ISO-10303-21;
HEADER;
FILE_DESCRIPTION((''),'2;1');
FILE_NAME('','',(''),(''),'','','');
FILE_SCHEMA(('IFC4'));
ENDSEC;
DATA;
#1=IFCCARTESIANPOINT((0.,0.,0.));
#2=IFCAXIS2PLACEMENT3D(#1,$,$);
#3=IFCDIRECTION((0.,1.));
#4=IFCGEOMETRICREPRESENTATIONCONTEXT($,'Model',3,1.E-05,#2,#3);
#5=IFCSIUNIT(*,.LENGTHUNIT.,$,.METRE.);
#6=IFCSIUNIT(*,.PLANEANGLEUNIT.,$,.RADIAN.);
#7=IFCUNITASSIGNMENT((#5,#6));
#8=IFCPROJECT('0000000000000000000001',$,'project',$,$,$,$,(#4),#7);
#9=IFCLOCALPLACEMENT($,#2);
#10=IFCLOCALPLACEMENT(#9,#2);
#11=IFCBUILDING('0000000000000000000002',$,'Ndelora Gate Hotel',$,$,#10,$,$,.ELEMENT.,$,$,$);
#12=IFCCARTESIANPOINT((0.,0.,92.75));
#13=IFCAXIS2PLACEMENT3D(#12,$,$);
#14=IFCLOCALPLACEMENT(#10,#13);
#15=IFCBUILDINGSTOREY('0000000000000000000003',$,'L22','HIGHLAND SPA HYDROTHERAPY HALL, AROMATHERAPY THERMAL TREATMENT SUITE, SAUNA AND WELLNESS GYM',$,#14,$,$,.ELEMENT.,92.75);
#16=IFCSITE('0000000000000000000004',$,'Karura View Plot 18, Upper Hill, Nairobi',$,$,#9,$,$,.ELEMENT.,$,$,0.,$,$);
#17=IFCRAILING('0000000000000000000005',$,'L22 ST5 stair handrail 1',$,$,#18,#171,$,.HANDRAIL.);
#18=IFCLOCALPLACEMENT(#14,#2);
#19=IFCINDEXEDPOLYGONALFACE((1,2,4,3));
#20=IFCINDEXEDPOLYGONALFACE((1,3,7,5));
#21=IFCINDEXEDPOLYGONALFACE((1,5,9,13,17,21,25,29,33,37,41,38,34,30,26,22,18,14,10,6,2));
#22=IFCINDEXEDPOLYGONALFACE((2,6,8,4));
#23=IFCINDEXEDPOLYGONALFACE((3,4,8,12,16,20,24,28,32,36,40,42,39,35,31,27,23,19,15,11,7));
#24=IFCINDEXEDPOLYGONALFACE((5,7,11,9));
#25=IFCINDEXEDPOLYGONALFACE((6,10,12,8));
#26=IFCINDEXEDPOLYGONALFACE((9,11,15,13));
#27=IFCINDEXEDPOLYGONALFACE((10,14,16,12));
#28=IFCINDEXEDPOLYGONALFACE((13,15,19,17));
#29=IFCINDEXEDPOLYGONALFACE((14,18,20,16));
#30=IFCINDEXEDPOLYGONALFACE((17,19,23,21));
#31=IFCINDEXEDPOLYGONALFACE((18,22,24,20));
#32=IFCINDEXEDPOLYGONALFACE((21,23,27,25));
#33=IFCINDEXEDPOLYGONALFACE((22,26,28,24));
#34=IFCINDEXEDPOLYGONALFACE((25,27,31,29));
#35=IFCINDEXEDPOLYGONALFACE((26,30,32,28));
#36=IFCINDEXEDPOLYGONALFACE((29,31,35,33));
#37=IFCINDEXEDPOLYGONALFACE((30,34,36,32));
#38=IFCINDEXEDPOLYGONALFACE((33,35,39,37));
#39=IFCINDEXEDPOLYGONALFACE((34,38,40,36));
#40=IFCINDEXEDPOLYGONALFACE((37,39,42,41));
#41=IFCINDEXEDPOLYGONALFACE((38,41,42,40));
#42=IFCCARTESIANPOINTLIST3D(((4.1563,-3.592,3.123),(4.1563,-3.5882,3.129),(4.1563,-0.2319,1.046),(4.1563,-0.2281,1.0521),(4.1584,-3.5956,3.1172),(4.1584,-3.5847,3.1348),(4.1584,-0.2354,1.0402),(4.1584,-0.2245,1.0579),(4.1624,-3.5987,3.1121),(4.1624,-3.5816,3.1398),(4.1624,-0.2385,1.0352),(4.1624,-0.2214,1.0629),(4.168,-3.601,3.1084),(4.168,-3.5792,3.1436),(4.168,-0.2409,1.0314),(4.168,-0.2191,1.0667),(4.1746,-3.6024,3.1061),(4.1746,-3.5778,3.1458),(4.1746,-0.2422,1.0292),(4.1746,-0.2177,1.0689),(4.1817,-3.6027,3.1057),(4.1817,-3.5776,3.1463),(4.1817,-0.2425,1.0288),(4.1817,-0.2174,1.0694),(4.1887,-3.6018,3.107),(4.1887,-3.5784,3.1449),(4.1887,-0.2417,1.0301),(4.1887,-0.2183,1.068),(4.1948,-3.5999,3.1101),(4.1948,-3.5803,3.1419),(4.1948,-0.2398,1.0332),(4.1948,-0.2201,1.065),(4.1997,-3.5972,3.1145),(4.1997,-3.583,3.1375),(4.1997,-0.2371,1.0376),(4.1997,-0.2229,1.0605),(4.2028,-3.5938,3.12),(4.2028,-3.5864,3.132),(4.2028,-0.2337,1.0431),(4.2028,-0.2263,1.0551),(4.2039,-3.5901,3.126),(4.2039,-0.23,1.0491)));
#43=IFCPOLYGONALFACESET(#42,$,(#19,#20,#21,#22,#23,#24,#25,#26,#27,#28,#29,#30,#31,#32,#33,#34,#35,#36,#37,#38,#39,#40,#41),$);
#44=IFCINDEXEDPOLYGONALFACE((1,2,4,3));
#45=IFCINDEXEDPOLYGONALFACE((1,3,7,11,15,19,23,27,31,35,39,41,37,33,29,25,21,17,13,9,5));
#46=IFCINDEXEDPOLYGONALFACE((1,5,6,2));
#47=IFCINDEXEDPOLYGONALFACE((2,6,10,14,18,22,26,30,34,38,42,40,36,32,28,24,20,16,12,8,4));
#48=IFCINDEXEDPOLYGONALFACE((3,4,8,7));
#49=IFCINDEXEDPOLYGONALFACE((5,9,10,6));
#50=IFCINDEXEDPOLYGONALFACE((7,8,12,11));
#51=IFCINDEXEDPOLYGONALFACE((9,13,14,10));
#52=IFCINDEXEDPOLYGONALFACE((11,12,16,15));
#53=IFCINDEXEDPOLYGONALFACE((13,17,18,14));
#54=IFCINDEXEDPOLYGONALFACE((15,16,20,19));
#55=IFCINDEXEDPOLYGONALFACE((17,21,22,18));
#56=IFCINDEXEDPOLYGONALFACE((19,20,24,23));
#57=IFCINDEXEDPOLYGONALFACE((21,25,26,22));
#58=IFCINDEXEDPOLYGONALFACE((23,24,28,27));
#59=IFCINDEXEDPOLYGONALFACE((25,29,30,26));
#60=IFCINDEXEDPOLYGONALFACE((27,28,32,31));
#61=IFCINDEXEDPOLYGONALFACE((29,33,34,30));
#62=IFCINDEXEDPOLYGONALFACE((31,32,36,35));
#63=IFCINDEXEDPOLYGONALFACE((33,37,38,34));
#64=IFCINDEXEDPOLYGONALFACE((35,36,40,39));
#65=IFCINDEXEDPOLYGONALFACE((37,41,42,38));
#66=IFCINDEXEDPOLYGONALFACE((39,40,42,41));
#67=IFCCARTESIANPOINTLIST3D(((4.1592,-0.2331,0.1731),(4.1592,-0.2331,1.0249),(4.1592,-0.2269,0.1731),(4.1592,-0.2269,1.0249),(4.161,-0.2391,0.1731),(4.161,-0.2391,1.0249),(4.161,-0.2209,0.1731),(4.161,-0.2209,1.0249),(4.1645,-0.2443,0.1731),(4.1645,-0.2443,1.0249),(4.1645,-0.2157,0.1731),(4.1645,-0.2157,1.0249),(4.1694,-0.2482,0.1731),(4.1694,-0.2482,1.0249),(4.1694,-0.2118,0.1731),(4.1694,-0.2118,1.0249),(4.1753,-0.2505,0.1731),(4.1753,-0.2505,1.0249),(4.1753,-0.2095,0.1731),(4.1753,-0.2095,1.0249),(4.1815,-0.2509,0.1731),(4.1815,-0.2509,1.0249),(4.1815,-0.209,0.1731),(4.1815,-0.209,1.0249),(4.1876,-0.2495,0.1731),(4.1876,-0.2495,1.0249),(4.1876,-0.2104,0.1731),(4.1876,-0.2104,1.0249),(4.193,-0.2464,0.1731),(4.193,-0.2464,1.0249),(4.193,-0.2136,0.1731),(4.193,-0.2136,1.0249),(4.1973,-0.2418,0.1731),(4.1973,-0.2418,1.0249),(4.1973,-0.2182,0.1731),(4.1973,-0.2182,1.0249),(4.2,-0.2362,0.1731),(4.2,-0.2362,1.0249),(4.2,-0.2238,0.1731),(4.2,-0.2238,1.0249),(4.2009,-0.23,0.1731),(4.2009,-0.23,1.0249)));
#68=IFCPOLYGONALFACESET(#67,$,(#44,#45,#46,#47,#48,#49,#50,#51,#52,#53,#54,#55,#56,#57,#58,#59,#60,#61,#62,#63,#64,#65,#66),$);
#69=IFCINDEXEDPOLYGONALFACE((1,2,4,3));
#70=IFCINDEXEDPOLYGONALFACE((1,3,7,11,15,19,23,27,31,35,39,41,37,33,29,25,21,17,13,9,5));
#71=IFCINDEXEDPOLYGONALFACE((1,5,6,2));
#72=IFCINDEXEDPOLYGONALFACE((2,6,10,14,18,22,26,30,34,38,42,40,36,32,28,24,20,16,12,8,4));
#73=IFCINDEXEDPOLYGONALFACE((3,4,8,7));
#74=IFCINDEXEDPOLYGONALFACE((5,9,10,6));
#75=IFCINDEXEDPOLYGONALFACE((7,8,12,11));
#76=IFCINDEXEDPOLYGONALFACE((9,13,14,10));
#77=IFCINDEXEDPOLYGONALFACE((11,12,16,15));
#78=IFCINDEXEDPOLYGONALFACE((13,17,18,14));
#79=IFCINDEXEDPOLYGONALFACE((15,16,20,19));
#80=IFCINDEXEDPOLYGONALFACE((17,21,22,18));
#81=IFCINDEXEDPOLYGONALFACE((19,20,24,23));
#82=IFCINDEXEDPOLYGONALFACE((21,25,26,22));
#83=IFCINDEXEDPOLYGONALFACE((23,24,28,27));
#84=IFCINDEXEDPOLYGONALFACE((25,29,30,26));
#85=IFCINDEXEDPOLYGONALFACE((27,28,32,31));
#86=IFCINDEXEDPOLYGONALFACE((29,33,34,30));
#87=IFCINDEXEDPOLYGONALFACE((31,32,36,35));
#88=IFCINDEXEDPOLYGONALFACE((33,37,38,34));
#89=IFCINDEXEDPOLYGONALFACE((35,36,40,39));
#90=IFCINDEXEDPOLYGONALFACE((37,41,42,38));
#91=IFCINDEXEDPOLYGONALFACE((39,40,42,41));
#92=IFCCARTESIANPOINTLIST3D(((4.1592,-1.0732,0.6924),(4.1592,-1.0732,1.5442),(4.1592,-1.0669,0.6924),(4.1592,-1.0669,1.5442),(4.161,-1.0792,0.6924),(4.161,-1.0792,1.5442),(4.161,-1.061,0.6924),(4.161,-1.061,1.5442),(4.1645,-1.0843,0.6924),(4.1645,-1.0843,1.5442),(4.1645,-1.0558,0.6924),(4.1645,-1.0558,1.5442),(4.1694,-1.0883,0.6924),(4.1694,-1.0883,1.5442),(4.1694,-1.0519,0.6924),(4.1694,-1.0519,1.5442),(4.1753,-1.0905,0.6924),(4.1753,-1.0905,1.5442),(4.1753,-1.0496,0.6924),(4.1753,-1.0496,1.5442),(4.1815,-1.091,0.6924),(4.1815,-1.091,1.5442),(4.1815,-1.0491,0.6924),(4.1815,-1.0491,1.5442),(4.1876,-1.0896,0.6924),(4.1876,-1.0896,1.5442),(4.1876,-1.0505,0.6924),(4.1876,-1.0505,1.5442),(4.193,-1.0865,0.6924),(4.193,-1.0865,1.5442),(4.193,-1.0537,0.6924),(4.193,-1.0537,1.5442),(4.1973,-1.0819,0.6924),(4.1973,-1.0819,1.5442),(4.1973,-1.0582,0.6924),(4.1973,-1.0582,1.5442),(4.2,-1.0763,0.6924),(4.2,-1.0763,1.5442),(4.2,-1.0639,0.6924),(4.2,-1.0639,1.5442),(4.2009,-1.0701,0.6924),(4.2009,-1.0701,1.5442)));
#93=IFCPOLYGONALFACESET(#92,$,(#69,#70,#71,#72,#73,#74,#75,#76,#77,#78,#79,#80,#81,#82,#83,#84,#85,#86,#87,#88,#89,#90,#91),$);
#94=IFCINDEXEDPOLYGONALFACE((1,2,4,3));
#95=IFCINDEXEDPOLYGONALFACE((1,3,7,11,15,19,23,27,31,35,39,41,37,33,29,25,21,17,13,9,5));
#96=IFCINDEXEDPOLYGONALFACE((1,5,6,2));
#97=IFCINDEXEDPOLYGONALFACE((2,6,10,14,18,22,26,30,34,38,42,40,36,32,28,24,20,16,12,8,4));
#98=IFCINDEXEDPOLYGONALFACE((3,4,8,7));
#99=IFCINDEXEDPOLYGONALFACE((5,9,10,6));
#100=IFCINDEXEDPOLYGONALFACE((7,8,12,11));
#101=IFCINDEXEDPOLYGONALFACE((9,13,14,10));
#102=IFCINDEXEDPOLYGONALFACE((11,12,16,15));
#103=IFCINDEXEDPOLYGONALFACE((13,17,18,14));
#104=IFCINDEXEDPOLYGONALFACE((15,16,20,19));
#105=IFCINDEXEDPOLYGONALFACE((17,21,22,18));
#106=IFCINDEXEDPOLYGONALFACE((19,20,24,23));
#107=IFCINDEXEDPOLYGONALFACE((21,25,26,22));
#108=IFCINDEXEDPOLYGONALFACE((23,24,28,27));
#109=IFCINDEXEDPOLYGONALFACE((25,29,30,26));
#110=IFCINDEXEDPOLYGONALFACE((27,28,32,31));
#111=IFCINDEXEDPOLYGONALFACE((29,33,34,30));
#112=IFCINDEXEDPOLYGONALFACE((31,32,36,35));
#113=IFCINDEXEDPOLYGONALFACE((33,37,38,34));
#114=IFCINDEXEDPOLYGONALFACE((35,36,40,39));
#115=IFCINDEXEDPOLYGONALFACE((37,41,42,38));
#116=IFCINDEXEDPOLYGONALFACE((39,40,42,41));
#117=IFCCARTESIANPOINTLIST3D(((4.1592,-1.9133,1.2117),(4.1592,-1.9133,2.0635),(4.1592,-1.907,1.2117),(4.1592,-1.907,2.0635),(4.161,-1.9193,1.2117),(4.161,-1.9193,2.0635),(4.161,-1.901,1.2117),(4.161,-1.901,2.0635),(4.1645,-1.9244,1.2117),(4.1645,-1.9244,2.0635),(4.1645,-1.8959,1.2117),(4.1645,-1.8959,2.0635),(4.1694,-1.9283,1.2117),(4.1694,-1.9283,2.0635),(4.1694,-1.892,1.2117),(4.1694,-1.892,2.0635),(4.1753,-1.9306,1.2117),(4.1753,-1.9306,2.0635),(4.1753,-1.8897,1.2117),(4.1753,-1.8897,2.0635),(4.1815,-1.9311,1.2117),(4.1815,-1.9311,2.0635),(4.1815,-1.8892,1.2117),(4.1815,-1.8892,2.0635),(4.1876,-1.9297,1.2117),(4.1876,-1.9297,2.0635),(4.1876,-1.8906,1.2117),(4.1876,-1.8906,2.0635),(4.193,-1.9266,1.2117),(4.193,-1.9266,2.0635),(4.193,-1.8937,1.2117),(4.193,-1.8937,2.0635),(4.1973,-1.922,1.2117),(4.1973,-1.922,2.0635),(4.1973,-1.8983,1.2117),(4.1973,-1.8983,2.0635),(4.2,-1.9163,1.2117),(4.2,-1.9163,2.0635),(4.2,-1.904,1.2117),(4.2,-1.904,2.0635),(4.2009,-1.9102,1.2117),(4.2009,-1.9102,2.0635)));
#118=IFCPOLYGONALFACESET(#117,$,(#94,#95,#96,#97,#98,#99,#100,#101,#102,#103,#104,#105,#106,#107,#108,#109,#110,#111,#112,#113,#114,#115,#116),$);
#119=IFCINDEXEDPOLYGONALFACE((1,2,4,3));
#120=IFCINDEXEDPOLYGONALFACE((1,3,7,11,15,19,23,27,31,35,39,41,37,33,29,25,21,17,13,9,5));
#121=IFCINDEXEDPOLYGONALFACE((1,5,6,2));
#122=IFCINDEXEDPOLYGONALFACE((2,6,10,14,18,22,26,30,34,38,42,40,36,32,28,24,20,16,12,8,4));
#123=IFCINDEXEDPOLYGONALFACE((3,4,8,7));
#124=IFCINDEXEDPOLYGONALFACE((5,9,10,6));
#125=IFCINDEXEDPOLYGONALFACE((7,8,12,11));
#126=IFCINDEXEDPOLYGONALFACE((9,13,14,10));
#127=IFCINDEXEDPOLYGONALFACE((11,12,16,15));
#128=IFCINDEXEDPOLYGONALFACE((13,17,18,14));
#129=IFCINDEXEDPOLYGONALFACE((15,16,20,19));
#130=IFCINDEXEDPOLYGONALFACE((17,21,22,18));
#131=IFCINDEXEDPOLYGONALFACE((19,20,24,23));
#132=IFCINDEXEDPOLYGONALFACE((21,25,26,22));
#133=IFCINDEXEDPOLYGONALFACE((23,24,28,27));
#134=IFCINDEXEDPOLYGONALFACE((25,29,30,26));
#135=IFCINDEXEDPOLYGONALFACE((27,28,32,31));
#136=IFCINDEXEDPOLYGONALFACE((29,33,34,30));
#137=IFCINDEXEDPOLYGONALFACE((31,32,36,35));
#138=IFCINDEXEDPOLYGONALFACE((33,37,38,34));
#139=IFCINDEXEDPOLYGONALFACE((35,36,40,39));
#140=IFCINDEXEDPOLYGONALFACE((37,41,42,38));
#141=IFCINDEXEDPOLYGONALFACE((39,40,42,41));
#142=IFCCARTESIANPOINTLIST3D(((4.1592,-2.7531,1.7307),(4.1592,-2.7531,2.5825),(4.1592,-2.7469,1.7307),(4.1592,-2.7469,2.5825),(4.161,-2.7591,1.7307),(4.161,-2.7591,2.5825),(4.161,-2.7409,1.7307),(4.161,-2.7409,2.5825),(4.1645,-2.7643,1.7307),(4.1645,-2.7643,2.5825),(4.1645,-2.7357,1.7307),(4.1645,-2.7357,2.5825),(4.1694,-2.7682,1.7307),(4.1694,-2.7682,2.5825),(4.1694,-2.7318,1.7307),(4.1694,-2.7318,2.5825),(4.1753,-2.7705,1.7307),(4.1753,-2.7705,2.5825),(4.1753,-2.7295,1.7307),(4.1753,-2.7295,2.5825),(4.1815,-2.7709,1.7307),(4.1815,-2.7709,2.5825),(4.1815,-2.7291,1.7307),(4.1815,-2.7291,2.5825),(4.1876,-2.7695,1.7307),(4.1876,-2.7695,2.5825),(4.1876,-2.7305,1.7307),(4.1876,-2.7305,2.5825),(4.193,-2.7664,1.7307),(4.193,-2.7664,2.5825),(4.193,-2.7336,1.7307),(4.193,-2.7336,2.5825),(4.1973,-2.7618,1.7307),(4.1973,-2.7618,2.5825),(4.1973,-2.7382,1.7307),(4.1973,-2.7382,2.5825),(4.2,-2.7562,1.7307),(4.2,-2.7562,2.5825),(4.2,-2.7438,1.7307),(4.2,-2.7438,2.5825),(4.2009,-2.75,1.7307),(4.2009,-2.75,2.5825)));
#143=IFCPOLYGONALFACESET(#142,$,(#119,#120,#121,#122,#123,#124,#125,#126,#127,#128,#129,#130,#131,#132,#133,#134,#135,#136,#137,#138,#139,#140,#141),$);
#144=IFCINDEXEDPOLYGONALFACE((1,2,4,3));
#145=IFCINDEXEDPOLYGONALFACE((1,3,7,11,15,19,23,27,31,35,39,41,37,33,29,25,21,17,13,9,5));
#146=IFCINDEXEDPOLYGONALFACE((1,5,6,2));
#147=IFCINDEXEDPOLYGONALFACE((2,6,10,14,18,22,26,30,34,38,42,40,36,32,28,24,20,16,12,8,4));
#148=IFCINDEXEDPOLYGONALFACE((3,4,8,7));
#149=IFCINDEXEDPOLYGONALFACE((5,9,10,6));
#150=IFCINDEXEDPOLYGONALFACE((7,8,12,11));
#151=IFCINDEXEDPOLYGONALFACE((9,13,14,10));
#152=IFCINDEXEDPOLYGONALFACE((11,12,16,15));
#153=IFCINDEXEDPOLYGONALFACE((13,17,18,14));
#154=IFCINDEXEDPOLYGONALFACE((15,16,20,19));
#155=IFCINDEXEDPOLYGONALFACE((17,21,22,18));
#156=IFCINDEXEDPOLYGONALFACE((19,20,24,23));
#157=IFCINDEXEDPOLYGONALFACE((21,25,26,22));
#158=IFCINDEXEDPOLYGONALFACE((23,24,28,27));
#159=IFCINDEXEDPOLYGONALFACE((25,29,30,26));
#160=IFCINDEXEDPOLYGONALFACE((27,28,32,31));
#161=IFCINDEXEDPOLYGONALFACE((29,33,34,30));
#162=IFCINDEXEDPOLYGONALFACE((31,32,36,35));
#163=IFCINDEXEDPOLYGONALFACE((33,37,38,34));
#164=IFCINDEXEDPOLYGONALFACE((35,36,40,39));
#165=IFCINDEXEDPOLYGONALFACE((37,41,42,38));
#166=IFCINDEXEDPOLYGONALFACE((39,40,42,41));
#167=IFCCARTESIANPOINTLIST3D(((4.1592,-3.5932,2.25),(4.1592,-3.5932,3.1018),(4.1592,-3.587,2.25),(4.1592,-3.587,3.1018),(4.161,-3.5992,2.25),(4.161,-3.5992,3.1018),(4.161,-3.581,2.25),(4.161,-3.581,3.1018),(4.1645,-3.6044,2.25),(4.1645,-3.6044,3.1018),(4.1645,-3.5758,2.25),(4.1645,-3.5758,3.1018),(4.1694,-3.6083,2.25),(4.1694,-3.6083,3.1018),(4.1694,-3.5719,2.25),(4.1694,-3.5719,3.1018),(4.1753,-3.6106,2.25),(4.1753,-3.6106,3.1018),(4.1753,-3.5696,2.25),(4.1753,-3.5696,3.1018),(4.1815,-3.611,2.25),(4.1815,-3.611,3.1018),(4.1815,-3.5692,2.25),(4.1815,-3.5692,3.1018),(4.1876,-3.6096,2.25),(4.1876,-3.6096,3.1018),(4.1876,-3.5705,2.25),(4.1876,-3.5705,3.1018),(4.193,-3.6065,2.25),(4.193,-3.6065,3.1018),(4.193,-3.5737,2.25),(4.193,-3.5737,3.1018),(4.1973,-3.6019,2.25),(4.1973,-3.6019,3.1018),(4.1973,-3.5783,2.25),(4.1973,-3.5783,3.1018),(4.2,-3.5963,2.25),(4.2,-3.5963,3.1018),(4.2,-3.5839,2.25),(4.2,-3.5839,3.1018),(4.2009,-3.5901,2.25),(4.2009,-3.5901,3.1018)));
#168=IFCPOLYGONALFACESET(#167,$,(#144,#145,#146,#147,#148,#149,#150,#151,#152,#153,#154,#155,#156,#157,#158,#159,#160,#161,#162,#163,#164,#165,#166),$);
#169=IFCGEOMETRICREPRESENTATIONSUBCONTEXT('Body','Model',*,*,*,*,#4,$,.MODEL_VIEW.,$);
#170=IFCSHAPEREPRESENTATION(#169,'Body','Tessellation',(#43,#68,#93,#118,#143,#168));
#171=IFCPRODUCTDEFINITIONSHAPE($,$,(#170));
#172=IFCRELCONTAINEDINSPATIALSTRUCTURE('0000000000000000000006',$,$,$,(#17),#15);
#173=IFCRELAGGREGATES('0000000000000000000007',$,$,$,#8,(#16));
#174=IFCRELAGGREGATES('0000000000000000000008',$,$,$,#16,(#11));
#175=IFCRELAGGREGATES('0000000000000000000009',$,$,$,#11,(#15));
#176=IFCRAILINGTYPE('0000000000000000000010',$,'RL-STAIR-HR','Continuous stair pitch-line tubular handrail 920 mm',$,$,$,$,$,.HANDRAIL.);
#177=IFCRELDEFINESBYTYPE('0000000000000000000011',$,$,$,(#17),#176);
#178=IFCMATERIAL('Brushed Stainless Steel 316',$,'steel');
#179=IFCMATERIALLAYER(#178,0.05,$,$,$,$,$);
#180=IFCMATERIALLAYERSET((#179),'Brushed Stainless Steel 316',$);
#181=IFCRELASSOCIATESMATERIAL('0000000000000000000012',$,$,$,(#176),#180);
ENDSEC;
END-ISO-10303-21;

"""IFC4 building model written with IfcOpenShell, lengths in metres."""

from ifc_helpers import new_model, si_unit, direction, frame, origin, origin_2d, place, context, subcontext, project, spatial, circle, extrude, material, layer, layer_set, type_object, element, save


model = new_model("IFC4")

# Units and contexts
model_context = context("Model", 3, precision=1e-05, world=origin(), true_north=direction((0.0, 1.0)))
body_context = subcontext(model_context, "Body", "Model", "MODEL_VIEW")
ifc_project = project(units=[si_unit("LENGTHUNIT", "METRE"), si_unit("PLANEANGLEUNIT", "RADIAN")], contexts=[model_context])

# Site, building, storey
site_placement = place(None, origin())
site = spatial("IfcSite", under=ifc_project, at=site_placement, Name="Karura View Plot 18, Upper Hill, Nairobi", CompositionType="ELEMENT", RefElevation=0.0)
building_placement = place(site_placement, origin())
building = spatial("IfcBuilding", under=site, at=building_placement, Name="Ndelora Gate Hotel", CompositionType="ELEMENT")
storey_placement = place(building_placement, frame((0.0, 0.0, 92.75)))
storey = spatial("IfcBuildingStorey", under=building, at=storey_placement, Name="L22", Description="HIGHLAND SPA HYDROTHERAPY HALL, AROMATHERAPY THERMAL TREATMENT SUITE, SAUNA AND WELLNESS GYM", CompositionType="ELEMENT", Elevation=92.75)

# Railing
ifc_material_1 = material(Name="Brushed Stainless Steel 316", Category="steel")
ifc_layer_1 = layer(ifc_material_1, 0.05)
ifc_layer_set_1 = layer_set([ifc_layer_1], Name="Brushed Stainless Steel 316")
railing_type_1 = type_object("IfcRailingType", Name="RL-STAIR-HR", Description="Continuous stair pitch-line tubular handrail 920 mm", PredefinedType="HANDRAIL", material=ifc_layer_set_1)
railing_1_placement = place(storey_placement, frame((4.1799, -0.23, 0.1731)))
element("IfcRailing", 1, at=railing_1_placement, inside=storey, type_object=railing_type_1, Name="L22 ST5 stair handrail 1", PredefinedType="HANDRAIL", context=body_context, shape_type="SweptSolid", body=[
    extrude(circle(Radius=0.0239, at=origin_2d()), frame((0.0, 0.0, 0.876), z_axis=(0.0, -0.850623, 0.525776), x_axis=(1.0, 0.0, 0.0)), (0.0, 0.0, 1.0), 3.9502),
    extrude(circle(Radius=0.021, at=origin_2d()), origin(), (0.0, 0.0, 1.0), 0.8518),
    extrude(circle(Radius=0.021, at=origin_2d()), frame((0.0, -0.8401, 0.5193)), (0.0, 0.0, 1.0), 0.8518),
    extrude(circle(Radius=0.021, at=origin_2d()), frame((0.0, -1.6802, 1.0386)), (0.0, 0.0, 1.0), 0.8518),
    extrude(circle(Radius=0.021, at=origin_2d()), frame((0.0, -2.52, 1.5576)), (0.0, 0.0, 1.0), 0.8518),
    extrude(circle(Radius=0.021, at=origin_2d()), frame((0.0, -3.3601, 2.0769)), (0.0, 0.0, 1.0), 0.8518),
])

save(model, "model.ifc")
